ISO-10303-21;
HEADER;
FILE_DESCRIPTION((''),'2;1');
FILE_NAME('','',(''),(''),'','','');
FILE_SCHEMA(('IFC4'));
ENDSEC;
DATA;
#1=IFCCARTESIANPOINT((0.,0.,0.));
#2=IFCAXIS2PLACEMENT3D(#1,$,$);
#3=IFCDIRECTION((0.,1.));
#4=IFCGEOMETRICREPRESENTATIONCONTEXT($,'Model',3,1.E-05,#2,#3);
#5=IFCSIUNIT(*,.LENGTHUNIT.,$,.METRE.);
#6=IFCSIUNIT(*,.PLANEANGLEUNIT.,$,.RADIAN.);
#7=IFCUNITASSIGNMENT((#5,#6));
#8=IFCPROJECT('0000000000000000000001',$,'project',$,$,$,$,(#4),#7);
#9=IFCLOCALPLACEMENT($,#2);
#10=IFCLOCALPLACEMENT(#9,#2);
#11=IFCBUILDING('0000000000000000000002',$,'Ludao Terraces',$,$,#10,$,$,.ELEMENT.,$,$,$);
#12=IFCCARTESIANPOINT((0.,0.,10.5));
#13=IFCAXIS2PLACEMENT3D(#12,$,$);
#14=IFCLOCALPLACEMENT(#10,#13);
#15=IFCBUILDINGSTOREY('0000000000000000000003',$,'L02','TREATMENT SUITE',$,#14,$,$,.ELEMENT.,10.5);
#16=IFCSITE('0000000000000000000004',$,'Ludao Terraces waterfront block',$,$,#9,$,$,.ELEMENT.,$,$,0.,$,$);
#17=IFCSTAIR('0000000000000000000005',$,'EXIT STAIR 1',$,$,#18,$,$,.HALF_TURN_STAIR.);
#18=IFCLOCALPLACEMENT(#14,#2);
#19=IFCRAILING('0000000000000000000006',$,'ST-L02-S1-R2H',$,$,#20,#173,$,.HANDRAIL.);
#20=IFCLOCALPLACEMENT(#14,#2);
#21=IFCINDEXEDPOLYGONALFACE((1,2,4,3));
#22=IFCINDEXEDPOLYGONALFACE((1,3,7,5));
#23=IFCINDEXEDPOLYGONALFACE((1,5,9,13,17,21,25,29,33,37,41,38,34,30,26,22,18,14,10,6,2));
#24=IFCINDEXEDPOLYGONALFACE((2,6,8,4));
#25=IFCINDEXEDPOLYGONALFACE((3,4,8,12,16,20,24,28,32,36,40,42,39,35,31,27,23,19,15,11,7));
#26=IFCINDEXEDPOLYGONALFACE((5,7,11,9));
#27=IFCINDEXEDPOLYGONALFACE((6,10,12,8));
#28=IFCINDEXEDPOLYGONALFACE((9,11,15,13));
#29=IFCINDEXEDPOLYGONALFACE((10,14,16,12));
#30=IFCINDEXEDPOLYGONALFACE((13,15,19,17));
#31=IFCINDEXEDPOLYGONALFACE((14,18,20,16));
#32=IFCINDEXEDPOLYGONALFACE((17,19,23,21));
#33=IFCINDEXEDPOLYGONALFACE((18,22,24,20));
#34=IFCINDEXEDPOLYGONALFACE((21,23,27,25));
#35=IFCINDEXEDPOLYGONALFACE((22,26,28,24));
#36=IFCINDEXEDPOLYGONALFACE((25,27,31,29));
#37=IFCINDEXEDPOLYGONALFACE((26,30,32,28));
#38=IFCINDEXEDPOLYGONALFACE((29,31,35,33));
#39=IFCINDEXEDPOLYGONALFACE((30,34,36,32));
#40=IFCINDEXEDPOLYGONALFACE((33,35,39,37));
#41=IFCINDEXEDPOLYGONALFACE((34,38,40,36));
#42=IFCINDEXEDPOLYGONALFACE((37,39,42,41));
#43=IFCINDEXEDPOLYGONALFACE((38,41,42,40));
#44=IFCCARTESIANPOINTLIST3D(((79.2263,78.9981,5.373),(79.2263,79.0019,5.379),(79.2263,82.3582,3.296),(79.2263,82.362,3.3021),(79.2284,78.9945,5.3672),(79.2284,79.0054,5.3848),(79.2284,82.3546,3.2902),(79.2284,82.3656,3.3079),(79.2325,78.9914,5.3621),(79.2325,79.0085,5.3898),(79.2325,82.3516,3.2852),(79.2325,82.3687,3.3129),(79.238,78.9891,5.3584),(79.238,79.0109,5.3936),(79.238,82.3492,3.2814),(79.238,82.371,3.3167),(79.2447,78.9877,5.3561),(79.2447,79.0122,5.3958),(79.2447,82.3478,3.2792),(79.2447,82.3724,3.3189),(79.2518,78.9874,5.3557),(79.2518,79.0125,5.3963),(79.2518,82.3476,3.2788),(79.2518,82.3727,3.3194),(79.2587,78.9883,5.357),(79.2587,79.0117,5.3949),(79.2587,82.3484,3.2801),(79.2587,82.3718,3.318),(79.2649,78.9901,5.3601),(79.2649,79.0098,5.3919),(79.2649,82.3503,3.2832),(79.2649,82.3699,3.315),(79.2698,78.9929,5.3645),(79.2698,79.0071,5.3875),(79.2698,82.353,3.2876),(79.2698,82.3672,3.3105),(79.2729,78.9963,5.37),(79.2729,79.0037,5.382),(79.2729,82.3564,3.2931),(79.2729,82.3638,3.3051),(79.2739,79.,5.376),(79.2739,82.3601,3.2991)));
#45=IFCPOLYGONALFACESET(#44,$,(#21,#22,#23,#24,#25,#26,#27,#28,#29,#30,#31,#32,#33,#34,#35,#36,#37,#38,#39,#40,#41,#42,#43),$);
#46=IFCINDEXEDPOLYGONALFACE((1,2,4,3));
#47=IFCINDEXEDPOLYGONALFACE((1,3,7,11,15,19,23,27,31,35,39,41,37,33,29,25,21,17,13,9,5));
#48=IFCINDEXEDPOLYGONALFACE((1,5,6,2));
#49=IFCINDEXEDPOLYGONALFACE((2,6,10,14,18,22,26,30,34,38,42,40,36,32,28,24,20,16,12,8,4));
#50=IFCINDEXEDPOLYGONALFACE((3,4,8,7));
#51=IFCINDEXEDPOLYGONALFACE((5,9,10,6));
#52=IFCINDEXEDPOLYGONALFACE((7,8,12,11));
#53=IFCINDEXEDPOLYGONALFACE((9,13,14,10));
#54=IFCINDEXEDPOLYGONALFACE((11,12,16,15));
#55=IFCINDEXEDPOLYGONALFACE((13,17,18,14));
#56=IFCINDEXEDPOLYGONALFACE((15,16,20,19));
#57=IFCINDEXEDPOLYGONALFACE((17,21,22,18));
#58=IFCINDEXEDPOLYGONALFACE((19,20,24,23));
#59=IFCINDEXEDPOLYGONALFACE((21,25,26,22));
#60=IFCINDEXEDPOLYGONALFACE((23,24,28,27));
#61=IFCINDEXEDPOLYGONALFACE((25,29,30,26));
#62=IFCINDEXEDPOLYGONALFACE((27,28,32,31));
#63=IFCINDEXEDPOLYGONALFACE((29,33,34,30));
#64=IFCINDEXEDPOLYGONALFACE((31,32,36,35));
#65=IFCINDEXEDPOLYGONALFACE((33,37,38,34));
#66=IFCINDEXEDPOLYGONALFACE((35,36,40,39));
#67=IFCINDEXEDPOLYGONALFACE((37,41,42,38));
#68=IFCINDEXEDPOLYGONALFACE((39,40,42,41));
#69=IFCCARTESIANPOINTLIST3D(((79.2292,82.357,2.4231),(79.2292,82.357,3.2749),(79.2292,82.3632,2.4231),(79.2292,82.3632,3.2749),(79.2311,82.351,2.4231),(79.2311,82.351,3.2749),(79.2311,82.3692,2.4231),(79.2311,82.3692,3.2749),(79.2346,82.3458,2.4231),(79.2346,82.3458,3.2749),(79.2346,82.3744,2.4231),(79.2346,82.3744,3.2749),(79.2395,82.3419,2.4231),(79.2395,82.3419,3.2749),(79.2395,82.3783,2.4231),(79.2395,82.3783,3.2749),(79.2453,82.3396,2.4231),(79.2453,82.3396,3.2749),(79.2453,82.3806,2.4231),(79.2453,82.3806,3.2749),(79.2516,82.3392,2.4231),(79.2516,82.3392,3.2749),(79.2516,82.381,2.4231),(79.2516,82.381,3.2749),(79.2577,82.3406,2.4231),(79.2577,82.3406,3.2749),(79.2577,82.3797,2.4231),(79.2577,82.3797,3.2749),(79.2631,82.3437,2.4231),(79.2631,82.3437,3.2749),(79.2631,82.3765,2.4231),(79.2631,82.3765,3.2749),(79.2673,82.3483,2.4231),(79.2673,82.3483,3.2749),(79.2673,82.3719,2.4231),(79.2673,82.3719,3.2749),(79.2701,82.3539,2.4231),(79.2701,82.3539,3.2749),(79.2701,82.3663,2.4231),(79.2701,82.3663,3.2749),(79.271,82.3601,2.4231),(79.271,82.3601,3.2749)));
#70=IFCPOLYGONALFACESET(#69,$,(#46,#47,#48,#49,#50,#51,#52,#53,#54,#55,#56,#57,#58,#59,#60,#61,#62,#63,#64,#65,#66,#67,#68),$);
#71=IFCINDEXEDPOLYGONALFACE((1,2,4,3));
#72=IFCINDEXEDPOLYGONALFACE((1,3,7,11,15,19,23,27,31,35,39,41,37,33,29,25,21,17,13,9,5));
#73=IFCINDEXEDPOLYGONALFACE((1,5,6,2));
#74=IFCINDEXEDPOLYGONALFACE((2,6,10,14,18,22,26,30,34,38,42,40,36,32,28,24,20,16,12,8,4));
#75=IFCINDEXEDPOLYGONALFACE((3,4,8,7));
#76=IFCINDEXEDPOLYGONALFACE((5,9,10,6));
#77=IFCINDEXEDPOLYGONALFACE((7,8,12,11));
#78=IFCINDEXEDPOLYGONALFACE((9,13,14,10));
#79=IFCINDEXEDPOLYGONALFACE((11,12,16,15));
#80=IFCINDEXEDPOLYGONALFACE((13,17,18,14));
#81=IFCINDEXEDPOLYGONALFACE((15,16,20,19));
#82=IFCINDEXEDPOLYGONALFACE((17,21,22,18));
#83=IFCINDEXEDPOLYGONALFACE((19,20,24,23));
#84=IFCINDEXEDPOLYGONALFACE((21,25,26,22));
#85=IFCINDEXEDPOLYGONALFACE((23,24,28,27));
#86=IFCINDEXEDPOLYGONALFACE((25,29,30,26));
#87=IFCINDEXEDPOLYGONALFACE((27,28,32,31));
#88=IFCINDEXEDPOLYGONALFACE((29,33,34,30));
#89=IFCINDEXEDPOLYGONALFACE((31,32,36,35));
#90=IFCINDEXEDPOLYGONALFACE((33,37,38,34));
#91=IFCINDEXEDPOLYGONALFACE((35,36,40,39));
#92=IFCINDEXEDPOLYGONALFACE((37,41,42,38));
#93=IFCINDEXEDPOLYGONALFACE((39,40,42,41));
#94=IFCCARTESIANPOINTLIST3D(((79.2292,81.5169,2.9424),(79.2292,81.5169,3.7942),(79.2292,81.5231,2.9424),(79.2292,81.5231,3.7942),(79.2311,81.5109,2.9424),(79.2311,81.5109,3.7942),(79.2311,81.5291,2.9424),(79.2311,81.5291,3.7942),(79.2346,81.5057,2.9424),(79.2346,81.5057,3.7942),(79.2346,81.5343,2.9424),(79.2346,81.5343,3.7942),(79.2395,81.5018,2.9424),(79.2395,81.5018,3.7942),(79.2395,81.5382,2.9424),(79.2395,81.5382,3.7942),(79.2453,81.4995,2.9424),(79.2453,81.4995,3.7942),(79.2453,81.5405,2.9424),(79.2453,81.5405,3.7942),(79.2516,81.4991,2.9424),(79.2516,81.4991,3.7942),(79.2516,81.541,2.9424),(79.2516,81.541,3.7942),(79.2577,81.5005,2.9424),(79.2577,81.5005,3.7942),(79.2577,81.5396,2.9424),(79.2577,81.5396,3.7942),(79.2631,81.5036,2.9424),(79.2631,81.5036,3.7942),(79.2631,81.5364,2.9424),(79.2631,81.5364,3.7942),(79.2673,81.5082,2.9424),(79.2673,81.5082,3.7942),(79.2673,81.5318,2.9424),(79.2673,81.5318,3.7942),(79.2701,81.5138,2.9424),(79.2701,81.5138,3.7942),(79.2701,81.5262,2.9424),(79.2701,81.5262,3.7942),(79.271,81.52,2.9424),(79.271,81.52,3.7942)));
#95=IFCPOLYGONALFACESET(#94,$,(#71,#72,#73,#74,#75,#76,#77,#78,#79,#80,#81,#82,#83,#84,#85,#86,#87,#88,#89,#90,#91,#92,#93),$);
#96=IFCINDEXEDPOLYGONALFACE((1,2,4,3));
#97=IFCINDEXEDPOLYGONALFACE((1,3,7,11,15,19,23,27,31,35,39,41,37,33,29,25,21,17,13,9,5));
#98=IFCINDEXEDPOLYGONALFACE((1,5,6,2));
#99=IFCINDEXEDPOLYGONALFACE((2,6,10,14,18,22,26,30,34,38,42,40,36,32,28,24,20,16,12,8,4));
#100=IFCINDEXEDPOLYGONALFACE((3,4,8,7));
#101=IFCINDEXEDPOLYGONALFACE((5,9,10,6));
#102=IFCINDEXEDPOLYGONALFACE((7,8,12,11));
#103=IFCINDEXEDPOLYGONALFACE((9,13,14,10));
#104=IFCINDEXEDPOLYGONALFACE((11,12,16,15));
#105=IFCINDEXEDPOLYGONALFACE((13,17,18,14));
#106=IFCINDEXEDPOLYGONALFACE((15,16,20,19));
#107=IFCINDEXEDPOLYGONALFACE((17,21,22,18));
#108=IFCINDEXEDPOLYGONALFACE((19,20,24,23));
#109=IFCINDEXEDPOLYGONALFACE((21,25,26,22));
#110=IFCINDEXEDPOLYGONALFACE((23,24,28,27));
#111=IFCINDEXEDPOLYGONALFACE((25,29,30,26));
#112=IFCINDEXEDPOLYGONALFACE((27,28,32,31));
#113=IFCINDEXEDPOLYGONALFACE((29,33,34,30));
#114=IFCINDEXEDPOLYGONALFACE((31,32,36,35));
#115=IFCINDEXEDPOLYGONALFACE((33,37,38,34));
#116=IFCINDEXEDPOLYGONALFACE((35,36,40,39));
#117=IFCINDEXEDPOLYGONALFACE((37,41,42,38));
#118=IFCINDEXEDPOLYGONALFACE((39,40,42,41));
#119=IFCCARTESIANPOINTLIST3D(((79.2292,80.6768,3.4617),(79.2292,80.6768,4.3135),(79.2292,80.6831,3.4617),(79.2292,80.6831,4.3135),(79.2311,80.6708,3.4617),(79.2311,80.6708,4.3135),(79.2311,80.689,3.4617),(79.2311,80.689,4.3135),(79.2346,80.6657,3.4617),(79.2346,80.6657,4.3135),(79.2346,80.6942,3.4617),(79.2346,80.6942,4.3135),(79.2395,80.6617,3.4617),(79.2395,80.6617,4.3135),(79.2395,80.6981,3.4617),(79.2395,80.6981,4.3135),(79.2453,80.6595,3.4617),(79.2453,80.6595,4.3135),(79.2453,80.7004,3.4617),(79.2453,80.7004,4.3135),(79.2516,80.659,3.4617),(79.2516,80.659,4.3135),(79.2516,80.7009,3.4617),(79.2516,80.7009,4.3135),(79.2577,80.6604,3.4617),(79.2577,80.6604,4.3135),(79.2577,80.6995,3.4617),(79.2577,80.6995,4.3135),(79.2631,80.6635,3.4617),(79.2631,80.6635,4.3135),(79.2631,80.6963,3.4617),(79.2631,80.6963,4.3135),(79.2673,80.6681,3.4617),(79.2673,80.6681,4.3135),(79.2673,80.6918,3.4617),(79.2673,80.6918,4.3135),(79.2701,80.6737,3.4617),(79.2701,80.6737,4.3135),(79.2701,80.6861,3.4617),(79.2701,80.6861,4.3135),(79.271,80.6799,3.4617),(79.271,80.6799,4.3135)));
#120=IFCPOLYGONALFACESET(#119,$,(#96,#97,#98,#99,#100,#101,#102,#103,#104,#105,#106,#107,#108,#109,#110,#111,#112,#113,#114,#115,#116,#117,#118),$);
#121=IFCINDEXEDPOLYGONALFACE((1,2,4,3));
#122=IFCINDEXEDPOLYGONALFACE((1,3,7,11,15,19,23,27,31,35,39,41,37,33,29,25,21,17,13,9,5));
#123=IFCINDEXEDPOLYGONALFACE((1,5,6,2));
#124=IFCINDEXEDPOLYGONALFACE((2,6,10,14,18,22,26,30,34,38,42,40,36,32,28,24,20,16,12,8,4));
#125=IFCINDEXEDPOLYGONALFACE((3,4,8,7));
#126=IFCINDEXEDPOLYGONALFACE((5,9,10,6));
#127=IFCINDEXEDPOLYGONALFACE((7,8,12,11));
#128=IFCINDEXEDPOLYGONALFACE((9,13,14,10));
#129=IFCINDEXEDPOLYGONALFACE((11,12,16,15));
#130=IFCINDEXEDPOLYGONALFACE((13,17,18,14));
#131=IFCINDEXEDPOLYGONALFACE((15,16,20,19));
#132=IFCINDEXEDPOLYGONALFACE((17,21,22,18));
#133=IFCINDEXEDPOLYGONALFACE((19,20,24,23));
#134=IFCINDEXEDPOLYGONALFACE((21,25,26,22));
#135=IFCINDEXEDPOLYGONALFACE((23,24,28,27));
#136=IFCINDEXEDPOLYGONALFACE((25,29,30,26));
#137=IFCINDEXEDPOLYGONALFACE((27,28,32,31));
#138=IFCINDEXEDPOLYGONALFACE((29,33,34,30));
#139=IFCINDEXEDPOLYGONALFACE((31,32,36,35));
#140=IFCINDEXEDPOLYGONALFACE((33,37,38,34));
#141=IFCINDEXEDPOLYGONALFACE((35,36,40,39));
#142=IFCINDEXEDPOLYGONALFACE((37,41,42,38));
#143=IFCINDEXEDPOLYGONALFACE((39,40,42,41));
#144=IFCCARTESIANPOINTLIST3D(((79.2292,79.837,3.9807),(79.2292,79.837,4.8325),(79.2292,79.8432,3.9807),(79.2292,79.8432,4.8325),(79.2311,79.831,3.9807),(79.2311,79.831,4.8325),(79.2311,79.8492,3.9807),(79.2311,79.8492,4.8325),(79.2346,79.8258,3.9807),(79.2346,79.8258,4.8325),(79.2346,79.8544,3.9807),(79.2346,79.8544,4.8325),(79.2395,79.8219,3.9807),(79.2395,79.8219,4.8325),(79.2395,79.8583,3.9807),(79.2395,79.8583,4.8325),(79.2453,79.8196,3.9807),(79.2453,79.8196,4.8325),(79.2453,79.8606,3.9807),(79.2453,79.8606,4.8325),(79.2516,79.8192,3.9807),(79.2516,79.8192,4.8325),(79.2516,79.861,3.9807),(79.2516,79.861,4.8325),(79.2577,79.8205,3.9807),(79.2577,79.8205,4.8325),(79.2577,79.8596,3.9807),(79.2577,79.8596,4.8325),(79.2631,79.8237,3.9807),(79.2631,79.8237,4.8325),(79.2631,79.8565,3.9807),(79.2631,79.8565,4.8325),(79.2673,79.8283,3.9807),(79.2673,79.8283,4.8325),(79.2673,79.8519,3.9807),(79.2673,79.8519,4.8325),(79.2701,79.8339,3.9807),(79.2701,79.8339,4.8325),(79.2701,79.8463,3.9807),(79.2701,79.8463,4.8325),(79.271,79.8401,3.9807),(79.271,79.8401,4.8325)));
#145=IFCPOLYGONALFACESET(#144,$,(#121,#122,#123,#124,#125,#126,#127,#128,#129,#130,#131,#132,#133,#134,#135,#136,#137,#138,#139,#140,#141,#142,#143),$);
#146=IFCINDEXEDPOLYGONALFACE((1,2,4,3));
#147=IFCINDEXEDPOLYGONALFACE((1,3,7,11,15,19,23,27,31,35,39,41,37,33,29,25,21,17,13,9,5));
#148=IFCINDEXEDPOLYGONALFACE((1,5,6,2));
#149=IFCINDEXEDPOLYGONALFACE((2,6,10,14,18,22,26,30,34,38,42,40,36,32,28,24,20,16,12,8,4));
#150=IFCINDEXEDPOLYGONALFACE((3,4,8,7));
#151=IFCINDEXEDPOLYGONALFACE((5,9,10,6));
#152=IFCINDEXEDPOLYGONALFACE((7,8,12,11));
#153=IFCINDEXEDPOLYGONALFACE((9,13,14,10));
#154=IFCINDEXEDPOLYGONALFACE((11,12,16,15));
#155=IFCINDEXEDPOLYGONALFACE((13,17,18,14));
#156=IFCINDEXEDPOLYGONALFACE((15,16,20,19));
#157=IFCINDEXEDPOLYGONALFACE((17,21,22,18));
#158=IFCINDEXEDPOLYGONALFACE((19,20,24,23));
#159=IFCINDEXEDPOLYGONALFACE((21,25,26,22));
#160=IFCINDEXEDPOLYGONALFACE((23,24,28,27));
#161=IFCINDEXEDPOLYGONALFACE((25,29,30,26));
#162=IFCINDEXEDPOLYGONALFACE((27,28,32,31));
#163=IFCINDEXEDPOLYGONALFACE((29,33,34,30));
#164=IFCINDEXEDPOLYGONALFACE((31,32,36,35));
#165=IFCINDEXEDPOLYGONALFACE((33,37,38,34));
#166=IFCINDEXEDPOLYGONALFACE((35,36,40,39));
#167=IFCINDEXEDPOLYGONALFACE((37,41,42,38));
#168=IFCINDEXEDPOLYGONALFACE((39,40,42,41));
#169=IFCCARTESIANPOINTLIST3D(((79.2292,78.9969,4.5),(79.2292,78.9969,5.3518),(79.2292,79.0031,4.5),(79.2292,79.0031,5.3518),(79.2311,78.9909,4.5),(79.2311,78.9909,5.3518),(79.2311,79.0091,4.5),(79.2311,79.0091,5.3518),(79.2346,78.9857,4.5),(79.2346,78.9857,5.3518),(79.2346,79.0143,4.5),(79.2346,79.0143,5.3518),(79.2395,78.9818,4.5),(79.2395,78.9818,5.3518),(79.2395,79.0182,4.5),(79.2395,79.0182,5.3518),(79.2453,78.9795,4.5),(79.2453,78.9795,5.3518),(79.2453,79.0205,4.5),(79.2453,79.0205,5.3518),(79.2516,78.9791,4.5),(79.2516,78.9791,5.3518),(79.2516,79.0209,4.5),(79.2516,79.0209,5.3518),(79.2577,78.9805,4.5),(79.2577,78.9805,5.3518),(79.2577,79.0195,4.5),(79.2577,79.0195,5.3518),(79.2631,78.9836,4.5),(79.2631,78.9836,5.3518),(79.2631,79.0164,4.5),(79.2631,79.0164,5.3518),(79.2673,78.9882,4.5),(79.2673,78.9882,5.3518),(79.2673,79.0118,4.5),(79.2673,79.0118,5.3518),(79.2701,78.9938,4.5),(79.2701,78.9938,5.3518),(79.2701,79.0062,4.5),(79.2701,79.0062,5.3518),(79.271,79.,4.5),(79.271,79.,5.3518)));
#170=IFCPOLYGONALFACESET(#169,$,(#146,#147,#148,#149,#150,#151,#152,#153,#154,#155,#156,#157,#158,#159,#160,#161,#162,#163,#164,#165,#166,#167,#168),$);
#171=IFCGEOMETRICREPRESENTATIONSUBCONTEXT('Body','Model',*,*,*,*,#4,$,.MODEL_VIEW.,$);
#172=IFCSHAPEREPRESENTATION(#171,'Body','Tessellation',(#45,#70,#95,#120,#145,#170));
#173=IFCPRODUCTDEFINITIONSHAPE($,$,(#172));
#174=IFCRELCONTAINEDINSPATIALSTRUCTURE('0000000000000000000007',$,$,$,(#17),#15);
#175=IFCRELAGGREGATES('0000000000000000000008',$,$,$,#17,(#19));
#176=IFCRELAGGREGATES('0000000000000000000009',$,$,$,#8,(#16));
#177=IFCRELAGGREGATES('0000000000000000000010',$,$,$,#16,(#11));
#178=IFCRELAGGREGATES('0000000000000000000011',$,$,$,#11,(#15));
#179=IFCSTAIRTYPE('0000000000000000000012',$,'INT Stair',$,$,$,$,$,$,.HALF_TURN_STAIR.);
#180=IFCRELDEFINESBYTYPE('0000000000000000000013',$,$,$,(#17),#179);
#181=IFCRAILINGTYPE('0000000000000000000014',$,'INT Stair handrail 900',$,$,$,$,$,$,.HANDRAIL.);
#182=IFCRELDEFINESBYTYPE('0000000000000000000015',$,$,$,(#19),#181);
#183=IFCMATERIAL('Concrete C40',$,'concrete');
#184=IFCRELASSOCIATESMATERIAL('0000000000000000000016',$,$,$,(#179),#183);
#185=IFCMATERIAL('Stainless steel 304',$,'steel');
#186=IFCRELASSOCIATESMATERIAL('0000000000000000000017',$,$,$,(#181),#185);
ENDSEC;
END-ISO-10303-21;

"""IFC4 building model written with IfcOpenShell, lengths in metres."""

from ifc_helpers import new_model, si_unit, direction, frame, origin, origin_2d, place, context, subcontext, project, spatial, circle, extrude, material, type_object, element, aggregate, save


model = new_model("IFC4")

# Units and contexts
model_context = context("Model", 3, precision=1e-05, world=origin(), true_north=direction((0.0, 1.0)))
body_context = subcontext(model_context, "Body", "Model", "MODEL_VIEW")
ifc_project = project(units=[si_unit("LENGTHUNIT", "METRE"), si_unit("PLANEANGLEUNIT", "RADIAN")], contexts=[model_context])

# Site, building, storey
site_placement = place(None, origin())
site = spatial("IfcSite", under=ifc_project, at=site_placement, Name="Ludao Terraces waterfront block", CompositionType="ELEMENT", RefElevation=0.0)
building_placement = place(site_placement, origin())
building = spatial("IfcBuilding", under=site, at=building_placement, Name="Ludao Terraces", CompositionType="ELEMENT")
storey_placement = place(building_placement, frame((0.0, 0.0, 10.5)))
storey = spatial("IfcBuildingStorey", under=building, at=storey_placement, Name="L02", Description="TREATMENT SUITE", CompositionType="ELEMENT", Elevation=10.5)

# Shared definitions
ifc_material_1 = material(Name="Concrete C40", Category="concrete")

# Shared definitions
ifc_material_2 = material(Name="Stainless steel 304", Category="steel")

# Stair, railing
stair_type = type_object("IfcStairType", Name="INT Stair", PredefinedType="HALF_TURN_STAIR", material=ifc_material_1)
stair_placement = place(storey_placement, origin())
stair = element("IfcStair", 1, at=stair_placement, inside=storey, type_object=stair_type, Name="EXIT STAIR 1", PredefinedType="HALF_TURN_STAIR")
railing_type_1 = type_object("IfcRailingType", Name="INT Stair handrail 900", PredefinedType="HANDRAIL", material=ifc_material_2)
railing_1_placement = place(storey_placement, frame((79.25, 82.3601, 2.4231)))
railing_1 = element("IfcRailing", 2, at=railing_1_placement, type_object=railing_type_1, Name="ST-L02-S1-R2H", PredefinedType="HANDRAIL", context=body_context, shape_type="SweptSolid", body=[
    extrude(circle(Radius=0.0239, at=origin_2d()), frame((0.0, 0.0, 0.876), z_axis=(0.0, -0.850623, 0.525776), x_axis=(1.0, 0.0, 0.0)), (0.0, 0.0, 1.0), 3.9502),
    extrude(circle(Radius=0.021, at=origin_2d()), origin(), (0.0, 0.0, 1.0), 0.8518),
    extrude(circle(Radius=0.021, at=origin_2d()), frame((0.0, -0.8401, 0.5193)), (0.0, 0.0, 1.0), 0.8518),
    extrude(circle(Radius=0.021, at=origin_2d()), frame((0.0, -1.6802, 1.0386)), (0.0, 0.0, 1.0), 0.8518),
    extrude(circle(Radius=0.021, at=origin_2d()), frame((0.0, -2.52, 1.5576)), (0.0, 0.0, 1.0), 0.8518),
    extrude(circle(Radius=0.021, at=origin_2d()), frame((0.0, -3.3601, 2.0769)), (0.0, 0.0, 1.0), 0.8518),
])
aggregate(stair, [railing_1])

save(model, "model.ifc")
